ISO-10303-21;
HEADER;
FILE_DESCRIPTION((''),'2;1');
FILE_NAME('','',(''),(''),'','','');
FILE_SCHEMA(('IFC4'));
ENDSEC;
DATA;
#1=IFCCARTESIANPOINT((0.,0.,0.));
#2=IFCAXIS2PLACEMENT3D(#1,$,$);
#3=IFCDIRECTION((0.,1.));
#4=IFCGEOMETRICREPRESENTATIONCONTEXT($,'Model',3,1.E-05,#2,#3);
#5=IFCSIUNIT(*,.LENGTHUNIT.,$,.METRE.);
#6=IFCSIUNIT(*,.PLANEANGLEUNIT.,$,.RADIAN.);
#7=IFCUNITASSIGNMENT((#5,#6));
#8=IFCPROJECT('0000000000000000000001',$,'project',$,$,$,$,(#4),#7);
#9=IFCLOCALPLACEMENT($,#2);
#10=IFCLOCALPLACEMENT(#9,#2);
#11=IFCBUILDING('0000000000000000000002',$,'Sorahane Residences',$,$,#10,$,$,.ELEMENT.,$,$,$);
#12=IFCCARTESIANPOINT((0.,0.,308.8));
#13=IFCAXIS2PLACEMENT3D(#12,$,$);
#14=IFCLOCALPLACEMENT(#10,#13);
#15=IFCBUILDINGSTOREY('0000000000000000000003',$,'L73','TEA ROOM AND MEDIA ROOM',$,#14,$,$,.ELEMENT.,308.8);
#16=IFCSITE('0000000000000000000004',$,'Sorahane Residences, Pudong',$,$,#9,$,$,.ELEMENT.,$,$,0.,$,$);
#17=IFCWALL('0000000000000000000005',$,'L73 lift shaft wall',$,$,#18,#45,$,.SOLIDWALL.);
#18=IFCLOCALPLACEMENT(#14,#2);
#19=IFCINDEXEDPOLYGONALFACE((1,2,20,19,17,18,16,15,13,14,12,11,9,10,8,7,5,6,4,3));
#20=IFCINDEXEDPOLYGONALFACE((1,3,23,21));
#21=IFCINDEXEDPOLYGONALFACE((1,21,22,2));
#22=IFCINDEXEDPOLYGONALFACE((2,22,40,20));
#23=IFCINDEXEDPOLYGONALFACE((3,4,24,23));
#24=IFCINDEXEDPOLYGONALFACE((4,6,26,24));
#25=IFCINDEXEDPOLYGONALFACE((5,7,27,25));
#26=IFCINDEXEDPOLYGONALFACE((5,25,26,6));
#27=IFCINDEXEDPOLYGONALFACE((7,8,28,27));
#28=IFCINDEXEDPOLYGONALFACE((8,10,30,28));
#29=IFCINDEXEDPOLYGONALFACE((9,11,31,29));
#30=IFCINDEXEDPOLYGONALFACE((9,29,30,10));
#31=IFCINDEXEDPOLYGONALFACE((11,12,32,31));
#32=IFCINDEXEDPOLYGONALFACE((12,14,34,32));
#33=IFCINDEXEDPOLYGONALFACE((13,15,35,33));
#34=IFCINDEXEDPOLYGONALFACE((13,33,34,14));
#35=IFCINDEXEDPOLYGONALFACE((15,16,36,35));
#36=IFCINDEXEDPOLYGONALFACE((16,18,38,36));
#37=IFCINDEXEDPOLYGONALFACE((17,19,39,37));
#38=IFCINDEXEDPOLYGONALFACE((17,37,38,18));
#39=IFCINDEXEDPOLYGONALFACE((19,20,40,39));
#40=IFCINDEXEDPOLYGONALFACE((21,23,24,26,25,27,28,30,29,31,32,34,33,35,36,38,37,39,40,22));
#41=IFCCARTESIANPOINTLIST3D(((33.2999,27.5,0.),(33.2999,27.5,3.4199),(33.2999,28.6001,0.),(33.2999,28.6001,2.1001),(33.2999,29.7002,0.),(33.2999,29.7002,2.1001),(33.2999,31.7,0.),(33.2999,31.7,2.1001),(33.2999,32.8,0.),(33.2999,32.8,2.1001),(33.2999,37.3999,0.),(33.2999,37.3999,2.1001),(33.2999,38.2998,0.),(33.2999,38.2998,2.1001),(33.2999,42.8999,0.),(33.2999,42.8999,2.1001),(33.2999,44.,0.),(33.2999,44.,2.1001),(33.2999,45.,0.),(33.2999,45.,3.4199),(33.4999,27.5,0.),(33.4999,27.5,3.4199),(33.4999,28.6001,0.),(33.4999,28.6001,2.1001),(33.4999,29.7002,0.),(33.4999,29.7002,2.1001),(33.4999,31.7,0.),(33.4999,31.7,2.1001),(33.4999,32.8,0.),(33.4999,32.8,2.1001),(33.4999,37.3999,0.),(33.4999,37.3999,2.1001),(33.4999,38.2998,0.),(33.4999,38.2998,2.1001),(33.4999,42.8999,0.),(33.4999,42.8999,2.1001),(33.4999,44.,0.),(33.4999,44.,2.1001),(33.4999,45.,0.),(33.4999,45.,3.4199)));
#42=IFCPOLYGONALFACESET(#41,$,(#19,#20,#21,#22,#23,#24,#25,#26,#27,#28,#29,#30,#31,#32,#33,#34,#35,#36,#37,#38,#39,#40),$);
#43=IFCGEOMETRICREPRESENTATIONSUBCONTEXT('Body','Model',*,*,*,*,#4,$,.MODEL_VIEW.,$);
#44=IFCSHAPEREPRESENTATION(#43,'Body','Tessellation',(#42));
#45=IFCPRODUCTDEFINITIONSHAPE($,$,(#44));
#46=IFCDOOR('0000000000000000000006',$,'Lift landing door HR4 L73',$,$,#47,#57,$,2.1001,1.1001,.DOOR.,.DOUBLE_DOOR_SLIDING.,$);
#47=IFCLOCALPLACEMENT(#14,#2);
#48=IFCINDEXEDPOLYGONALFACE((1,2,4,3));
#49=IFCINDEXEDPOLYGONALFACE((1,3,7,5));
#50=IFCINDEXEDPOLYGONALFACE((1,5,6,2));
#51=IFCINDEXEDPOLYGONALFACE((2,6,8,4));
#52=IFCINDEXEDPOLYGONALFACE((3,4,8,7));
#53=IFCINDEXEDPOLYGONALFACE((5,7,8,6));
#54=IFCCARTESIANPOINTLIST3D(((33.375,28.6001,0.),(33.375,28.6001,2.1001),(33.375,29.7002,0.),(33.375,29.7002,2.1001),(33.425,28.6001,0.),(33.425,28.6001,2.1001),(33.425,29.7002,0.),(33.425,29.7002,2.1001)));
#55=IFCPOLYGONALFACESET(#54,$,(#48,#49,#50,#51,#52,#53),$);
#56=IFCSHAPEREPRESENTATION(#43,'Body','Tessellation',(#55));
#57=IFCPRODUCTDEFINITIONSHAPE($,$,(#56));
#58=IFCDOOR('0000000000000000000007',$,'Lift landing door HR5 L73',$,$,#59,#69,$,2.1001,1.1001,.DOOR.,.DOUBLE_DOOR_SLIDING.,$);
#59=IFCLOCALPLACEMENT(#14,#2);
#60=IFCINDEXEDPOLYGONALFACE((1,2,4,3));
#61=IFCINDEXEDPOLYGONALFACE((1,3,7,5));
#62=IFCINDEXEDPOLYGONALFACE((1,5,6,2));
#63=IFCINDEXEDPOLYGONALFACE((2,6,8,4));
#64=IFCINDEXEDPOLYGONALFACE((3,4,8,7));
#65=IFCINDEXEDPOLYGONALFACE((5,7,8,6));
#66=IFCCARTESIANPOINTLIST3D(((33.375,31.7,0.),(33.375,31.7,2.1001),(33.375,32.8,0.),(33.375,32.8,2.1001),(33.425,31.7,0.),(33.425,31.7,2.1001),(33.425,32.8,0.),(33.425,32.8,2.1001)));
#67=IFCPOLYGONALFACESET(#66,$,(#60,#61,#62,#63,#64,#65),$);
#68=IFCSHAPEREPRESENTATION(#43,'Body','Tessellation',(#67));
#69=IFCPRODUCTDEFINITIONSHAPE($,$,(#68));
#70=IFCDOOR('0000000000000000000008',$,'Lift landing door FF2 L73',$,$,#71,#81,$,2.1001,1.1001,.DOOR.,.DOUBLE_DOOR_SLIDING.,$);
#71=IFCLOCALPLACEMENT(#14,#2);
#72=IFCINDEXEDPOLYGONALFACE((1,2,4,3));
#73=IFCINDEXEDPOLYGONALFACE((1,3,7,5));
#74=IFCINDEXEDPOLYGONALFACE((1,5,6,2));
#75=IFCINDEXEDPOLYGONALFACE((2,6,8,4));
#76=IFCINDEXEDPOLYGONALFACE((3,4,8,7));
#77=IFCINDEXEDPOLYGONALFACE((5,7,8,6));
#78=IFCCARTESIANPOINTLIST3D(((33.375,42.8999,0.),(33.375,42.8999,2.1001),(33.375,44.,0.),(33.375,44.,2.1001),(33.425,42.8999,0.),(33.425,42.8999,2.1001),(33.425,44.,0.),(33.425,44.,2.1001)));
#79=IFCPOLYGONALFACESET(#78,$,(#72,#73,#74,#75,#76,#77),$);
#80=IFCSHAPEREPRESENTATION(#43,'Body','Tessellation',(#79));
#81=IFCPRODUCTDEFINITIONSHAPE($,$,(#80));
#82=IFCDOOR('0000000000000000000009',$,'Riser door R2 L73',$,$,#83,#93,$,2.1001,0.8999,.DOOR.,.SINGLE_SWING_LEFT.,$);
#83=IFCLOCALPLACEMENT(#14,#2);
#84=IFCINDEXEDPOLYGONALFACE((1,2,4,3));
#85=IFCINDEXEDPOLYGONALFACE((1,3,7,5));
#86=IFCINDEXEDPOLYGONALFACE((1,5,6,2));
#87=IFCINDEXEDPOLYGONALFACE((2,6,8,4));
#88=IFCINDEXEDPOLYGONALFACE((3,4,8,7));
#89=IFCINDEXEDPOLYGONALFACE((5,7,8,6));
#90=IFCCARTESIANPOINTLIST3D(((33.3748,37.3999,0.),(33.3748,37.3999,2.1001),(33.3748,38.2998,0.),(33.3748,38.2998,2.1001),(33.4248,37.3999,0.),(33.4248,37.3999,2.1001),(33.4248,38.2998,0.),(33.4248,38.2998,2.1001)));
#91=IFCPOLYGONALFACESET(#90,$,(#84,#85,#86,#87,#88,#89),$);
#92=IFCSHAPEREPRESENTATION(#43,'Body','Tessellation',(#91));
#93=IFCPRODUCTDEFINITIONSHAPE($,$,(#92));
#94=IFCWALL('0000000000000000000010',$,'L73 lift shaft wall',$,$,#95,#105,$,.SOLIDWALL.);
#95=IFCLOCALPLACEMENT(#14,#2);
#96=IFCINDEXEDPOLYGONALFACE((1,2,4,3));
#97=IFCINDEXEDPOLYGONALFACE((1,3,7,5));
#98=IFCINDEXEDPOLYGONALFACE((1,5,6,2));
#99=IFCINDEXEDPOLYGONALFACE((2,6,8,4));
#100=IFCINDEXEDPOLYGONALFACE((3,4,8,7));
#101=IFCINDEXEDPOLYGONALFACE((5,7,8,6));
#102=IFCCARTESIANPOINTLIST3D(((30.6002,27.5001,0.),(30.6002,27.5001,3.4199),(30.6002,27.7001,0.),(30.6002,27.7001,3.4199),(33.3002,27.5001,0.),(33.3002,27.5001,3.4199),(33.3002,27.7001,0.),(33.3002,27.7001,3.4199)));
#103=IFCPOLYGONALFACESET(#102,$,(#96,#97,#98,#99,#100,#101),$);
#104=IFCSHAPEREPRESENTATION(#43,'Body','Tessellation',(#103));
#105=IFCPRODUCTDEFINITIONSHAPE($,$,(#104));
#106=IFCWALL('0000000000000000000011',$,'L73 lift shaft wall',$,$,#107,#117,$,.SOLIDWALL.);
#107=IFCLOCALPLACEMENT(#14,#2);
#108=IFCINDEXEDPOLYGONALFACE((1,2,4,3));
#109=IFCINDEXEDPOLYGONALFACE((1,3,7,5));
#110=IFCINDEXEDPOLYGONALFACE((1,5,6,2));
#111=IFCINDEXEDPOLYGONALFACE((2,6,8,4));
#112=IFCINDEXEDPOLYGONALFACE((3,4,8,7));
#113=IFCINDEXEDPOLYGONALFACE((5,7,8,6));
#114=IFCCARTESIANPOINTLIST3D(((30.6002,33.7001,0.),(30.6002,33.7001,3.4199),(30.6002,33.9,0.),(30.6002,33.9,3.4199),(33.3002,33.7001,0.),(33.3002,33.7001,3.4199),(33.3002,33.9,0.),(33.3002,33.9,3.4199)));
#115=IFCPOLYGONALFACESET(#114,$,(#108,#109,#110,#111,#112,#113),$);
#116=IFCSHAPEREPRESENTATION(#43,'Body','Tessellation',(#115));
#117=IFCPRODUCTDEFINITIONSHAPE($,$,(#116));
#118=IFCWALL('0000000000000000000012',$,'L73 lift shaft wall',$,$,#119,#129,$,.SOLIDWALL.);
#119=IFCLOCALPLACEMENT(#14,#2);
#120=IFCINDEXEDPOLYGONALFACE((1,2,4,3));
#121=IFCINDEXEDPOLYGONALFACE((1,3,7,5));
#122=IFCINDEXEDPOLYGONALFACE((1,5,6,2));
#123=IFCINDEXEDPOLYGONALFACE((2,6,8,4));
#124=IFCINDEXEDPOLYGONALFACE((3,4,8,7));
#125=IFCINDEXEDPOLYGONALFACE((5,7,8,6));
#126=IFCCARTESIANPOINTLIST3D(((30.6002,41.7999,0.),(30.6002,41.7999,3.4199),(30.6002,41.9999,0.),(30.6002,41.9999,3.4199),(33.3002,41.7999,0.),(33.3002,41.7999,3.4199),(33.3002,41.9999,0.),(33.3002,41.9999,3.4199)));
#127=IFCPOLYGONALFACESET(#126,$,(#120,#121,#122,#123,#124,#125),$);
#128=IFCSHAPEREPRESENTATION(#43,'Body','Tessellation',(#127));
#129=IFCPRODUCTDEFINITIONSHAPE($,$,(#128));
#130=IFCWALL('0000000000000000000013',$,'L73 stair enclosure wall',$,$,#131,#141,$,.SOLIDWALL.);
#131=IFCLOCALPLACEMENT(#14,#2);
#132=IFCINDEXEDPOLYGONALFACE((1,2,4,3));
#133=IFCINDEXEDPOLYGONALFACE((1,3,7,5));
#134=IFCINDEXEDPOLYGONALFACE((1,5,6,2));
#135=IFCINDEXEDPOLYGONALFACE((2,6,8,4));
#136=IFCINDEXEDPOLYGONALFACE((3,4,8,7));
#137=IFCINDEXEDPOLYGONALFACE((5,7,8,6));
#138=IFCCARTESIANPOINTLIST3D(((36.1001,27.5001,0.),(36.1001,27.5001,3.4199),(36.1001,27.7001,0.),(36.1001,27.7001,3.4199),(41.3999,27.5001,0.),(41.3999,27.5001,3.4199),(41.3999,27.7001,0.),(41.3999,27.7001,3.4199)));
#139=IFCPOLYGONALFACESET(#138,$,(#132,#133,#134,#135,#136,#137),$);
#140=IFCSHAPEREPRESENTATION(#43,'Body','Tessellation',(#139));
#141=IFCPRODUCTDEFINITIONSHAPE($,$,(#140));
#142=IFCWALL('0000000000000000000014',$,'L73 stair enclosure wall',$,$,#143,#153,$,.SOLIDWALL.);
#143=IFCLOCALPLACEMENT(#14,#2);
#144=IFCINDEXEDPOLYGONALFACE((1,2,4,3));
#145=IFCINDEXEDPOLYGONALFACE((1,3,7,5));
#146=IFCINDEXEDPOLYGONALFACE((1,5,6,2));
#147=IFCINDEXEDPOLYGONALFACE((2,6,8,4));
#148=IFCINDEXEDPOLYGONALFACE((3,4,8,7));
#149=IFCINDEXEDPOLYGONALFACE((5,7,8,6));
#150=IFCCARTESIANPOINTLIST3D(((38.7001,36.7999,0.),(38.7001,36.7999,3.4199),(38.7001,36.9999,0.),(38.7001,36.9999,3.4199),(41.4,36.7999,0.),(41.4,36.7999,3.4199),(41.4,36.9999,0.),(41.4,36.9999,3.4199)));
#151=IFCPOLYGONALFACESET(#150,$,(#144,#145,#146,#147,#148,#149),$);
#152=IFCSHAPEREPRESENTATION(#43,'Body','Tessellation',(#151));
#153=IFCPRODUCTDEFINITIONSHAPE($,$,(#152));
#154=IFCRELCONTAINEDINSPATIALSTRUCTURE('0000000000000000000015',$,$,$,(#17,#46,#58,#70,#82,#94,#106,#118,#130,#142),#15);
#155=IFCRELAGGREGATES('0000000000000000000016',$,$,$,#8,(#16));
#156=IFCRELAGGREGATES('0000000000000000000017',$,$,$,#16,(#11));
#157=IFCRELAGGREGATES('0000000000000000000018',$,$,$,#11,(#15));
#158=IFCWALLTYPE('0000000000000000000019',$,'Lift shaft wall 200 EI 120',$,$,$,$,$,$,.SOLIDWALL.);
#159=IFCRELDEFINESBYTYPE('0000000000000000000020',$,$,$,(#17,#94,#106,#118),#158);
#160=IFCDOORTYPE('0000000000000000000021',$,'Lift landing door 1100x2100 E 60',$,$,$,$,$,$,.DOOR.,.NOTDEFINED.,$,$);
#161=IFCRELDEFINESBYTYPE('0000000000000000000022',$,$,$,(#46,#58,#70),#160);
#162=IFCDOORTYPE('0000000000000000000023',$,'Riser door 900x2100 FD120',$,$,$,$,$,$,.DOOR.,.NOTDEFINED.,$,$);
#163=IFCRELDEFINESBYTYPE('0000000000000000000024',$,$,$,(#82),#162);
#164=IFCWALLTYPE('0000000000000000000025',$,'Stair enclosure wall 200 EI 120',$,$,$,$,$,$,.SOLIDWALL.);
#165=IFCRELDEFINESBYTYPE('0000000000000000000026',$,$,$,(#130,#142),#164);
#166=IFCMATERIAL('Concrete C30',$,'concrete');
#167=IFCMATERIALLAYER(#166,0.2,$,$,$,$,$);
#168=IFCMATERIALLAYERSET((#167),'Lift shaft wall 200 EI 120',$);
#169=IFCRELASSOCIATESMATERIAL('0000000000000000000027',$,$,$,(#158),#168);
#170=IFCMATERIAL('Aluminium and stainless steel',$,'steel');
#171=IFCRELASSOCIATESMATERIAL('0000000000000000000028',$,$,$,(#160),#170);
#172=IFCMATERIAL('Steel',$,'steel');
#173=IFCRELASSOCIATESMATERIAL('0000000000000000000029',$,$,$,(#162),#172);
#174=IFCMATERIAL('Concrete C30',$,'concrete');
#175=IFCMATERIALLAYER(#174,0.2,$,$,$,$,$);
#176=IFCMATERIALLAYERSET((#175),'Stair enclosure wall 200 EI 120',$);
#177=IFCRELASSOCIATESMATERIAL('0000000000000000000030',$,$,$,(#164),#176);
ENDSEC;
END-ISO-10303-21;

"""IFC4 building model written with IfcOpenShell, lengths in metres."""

from ifc_helpers import new_model, si_unit, direction, frame, frame_2d, origin, place, context, subcontext, project, spatial, rectangle, extrude, material, layer, layer_set, type_object, element, fill, save


model = new_model("IFC4")

# Units and contexts
model_context = context("Model", 3, precision=1e-05, world=origin(), true_north=direction((0.0, 1.0)))
body_context = subcontext(model_context, "Body", "Model", "MODEL_VIEW")
ifc_project = project(units=[si_unit("LENGTHUNIT", "METRE"), si_unit("PLANEANGLEUNIT", "RADIAN")], contexts=[model_context])

# Site, building, storey
site_placement = place(None, origin())
site = spatial("IfcSite", under=ifc_project, at=site_placement, Name="Sorahane Residences, Pudong", CompositionType="ELEMENT", RefElevation=0.0)
building_placement = place(site_placement, origin())
building = spatial("IfcBuilding", under=site, at=building_placement, Name="Sorahane Residences", CompositionType="ELEMENT")
storey_placement = place(building_placement, frame((0.0, 0.0, 308.8)))
storey = spatial("IfcBuildingStorey", under=building, at=storey_placement, Name="L73", Description="TEA ROOM AND MEDIA ROOM", CompositionType="ELEMENT", Elevation=308.8)

# Wall, openings, doors
ifc_material_1 = material(Name="Concrete C30", Category="concrete")
ifc_layer_1 = layer(ifc_material_1, 0.2)
ifc_layer_set_1 = layer_set([ifc_layer_1], Name="Lift shaft wall 200 EI 120")
wall_type_1 = type_object("IfcWallType", Name="Lift shaft wall 200 EI 120", PredefinedType="SOLIDWALL", material=ifc_layer_set_1)
wall_1_placement = place(storey_placement, frame((33.3999, 27.5, 0.0), z_axis=(0.0, 0.0, 1.0), x_axis=(0.0, 1.0, 0.0)))
wall_1 = element("IfcWall", 1, at=wall_1_placement, inside=storey, type_object=wall_type_1, Name="L73 lift shaft wall", PredefinedType="SOLIDWALL", context=body_context, shape_type="SweptSolid", body=[
    extrude(rectangle(XDim=17.5, YDim=0.2, at=frame_2d((8.75, 0.0))), origin(), (0.0, 0.0, 1.0), 3.4199),
])
opening_1_placement = place(wall_1_placement, frame((1.1001, 0.0, 0.0)))
opening_1 = element("IfcOpeningElement", 2, at=opening_1_placement, cuts=wall_1, PredefinedType="OPENING", context=body_context, shape_type="SweptSolid", body=[
    extrude(rectangle(XDim=1.1001, YDim=2.1001, at=frame_2d((0.55, 1.05))), frame((0.0, 0.1099, 0.0), z_axis=(0.0, -1.0, 0.0), x_axis=(1.0, 0.0, 0.0)), (0.0, 0.0, 1.0), 0.22),
])
opening_2_placement = place(wall_1_placement, frame((4.2, 0.0, 0.0)))
opening_2 = element("IfcOpeningElement", 3, at=opening_2_placement, cuts=wall_1, PredefinedType="OPENING", context=body_context, shape_type="SweptSolid", body=[
    extrude(rectangle(XDim=1.1001, YDim=2.1001, at=frame_2d((0.55, 1.05))), frame((0.0, 0.1099, 0.0), z_axis=(0.0, -1.0, 0.0), x_axis=(1.0, 0.0, 0.0)), (0.0, 0.0, 1.0), 0.22),
])
opening_3_placement = place(wall_1_placement, frame((15.3999, 0.0, 0.0)))
opening_3 = element("IfcOpeningElement", 4, at=opening_3_placement, cuts=wall_1, PredefinedType="OPENING", context=body_context, shape_type="SweptSolid", body=[
    extrude(rectangle(XDim=1.1001, YDim=2.1001, at=frame_2d((0.55, 1.05))), frame((0.0, 0.1099, 0.0), z_axis=(0.0, -1.0, 0.0), x_axis=(1.0, 0.0, 0.0)), (0.0, 0.0, 1.0), 0.22),
])
opening_4_placement = place(wall_1_placement, frame((9.8999, 0.0, 0.0)))
opening_4 = element("IfcOpeningElement", 5, at=opening_4_placement, cuts=wall_1, PredefinedType="OPENING", context=body_context, shape_type="SweptSolid", body=[
    extrude(rectangle(XDim=0.8999, YDim=2.1001, at=frame_2d((0.45, 1.05))), frame((0.0, 0.1099, 0.0), z_axis=(0.0, -1.0, 0.0), x_axis=(1.0, 0.0, 0.0)), (0.0, 0.0, 1.0), 0.22),
])
ifc_material_2 = material(Name="Aluminium and stainless steel", Category="steel")
door_type_1 = type_object("IfcDoorType", Name="Lift landing door 1100x2100 E 60", OperationType="NOTDEFINED", PredefinedType="DOOR", material=ifc_material_2)
door_1_placement = place(opening_1_placement, origin())
door_1 = element("IfcDoor", 6, at=door_1_placement, inside=storey, type_object=door_type_1, Name="Lift landing door HR4 L73", OperationType="DOUBLE_DOOR_SLIDING", OverallHeight=2.1001, OverallWidth=1.1001, PredefinedType="DOOR", context=body_context, shape_type="SweptSolid", body=[
    extrude(rectangle(XDim=1.1001, YDim=2.1001, at=frame_2d((0.55, 1.05))), frame((0.0, 0.0249, 0.0), z_axis=(0.0, -1.0, 0.0), x_axis=(1.0, 0.0, 0.0)), (0.0, 0.0, 1.0), 0.05),
])
fill(opening_1, door_1)
door_2_placement = place(opening_2_placement, origin())
door_2 = element("IfcDoor", 7, at=door_2_placement, inside=storey, type_object=door_type_1, Name="Lift landing door HR5 L73", OperationType="DOUBLE_DOOR_SLIDING", OverallHeight=2.1001, OverallWidth=1.1001, PredefinedType="DOOR", context=body_context, shape_type="SweptSolid", body=[
    extrude(rectangle(XDim=1.1001, YDim=2.1001, at=frame_2d((0.55, 1.05))), frame((0.0, 0.0249, 0.0), z_axis=(0.0, -1.0, 0.0), x_axis=(1.0, 0.0, 0.0)), (0.0, 0.0, 1.0), 0.05),
])
fill(opening_2, door_2)
door_3_placement = place(opening_3_placement, origin())
door_3 = element("IfcDoor", 8, at=door_3_placement, inside=storey, type_object=door_type_1, Name="Lift landing door FF2 L73", OperationType="DOUBLE_DOOR_SLIDING", OverallHeight=2.1001, OverallWidth=1.1001, PredefinedType="DOOR", context=body_context, shape_type="SweptSolid", body=[
    extrude(rectangle(XDim=1.1001, YDim=2.1001, at=frame_2d((0.55, 1.05))), frame((0.0, 0.0249, 0.0), z_axis=(0.0, -1.0, 0.0), x_axis=(1.0, 0.0, 0.0)), (0.0, 0.0, 1.0), 0.05),
])
fill(opening_3, door_3)
ifc_material_3 = material(Name="Steel", Category="steel")
door_type_2 = type_object("IfcDoorType", Name="Riser door 900x2100 FD120", OperationType="NOTDEFINED", PredefinedType="DOOR", material=ifc_material_3)
door_4_placement = place(opening_4_placement, frame((0.8999, 0.0, 0.0), z_axis=(0.0, 0.0, 1.0), x_axis=(-1.0, 0.0, 0.0)))
door_4 = element("IfcDoor", 9, at=door_4_placement, inside=storey, type_object=door_type_2, Name="Riser door R2 L73", OperationType="SINGLE_SWING_LEFT", OverallHeight=2.1001, OverallWidth=0.8999, PredefinedType="DOOR", context=body_context, shape_type="SweptSolid", body=[
    extrude(rectangle(XDim=0.8999, YDim=2.1001, at=frame_2d((0.45, 1.05))), frame((0.0, 0.0249, 0.0), z_axis=(0.0, -1.0, 0.0), x_axis=(1.0, 0.0, 0.0)), (0.0, 0.0, 1.0), 0.05),
])
fill(opening_4, door_4)

# Walls
for number, where, z_axis, x_axis, name in (
    (10, (30.6001, 27.6001, 0.0), (0.0, 0.0, 1.0), (1.0, 0.0, 0.0), "L73 lift shaft wall"),
    (11, (30.6001, 33.8, 0.0), (0.0, 0.0, 1.0), (1.0, 0.0, 0.0), "L73 lift shaft wall"),
    (12, (30.6001, 41.8999, 0.0), (0.0, 0.0, 1.0), (1.0, 0.0, 0.0), "L73 lift shaft wall"),
):
    element("IfcWall", number, at=place(storey_placement, frame(where, z_axis=z_axis, x_axis=x_axis)), inside=storey, type_object=wall_type_1, Name=name, PredefinedType="SOLIDWALL", context=body_context, shape_type="SweptSolid", body=[
        extrude(rectangle(XDim=2.7, YDim=0.2, at=frame_2d((1.3501, 0.0))), origin(), (0.0, 0.0, 1.0), 3.4199),
    ])
ifc_material_4 = material(Name="Concrete C30", Category="concrete")
ifc_layer_2 = layer(ifc_material_4, 0.2)
ifc_layer_set_2 = layer_set([ifc_layer_2], Name="Stair enclosure wall 200 EI 120")
wall_type_2 = type_object("IfcWallType", Name="Stair enclosure wall 200 EI 120", PredefinedType="SOLIDWALL", material=ifc_layer_set_2)
wall_2_placement = place(storey_placement, frame((36.1001, 27.6001, 0.0), z_axis=(0.0, 0.0, 1.0), x_axis=(1.0, 0.0, 0.0)))
element("IfcWall", 13, at=wall_2_placement, inside=storey, type_object=wall_type_2, Name="L73 stair enclosure wall", PredefinedType="SOLIDWALL", context=body_context, shape_type="SweptSolid", body=[
    extrude(rectangle(XDim=5.2998, YDim=0.2, at=frame_2d((2.6499, 0.0))), origin(), (0.0, 0.0, 1.0), 3.4199),
])
wall_3_placement = place(storey_placement, frame((38.7, 36.8999, 0.0), z_axis=(0.0, 0.0, 1.0), x_axis=(1.0, 0.0, 0.0)))
element("IfcWall", 14, at=wall_3_placement, inside=storey, type_object=wall_type_2, Name="L73 stair enclosure wall", PredefinedType="SOLIDWALL", context=body_context, shape_type="SweptSolid", body=[
    extrude(rectangle(XDim=2.7, YDim=0.2, at=frame_2d((1.3501, 0.0))), origin(), (0.0, 0.0, 1.0), 3.4199),
])

save(model, "model.ifc")
